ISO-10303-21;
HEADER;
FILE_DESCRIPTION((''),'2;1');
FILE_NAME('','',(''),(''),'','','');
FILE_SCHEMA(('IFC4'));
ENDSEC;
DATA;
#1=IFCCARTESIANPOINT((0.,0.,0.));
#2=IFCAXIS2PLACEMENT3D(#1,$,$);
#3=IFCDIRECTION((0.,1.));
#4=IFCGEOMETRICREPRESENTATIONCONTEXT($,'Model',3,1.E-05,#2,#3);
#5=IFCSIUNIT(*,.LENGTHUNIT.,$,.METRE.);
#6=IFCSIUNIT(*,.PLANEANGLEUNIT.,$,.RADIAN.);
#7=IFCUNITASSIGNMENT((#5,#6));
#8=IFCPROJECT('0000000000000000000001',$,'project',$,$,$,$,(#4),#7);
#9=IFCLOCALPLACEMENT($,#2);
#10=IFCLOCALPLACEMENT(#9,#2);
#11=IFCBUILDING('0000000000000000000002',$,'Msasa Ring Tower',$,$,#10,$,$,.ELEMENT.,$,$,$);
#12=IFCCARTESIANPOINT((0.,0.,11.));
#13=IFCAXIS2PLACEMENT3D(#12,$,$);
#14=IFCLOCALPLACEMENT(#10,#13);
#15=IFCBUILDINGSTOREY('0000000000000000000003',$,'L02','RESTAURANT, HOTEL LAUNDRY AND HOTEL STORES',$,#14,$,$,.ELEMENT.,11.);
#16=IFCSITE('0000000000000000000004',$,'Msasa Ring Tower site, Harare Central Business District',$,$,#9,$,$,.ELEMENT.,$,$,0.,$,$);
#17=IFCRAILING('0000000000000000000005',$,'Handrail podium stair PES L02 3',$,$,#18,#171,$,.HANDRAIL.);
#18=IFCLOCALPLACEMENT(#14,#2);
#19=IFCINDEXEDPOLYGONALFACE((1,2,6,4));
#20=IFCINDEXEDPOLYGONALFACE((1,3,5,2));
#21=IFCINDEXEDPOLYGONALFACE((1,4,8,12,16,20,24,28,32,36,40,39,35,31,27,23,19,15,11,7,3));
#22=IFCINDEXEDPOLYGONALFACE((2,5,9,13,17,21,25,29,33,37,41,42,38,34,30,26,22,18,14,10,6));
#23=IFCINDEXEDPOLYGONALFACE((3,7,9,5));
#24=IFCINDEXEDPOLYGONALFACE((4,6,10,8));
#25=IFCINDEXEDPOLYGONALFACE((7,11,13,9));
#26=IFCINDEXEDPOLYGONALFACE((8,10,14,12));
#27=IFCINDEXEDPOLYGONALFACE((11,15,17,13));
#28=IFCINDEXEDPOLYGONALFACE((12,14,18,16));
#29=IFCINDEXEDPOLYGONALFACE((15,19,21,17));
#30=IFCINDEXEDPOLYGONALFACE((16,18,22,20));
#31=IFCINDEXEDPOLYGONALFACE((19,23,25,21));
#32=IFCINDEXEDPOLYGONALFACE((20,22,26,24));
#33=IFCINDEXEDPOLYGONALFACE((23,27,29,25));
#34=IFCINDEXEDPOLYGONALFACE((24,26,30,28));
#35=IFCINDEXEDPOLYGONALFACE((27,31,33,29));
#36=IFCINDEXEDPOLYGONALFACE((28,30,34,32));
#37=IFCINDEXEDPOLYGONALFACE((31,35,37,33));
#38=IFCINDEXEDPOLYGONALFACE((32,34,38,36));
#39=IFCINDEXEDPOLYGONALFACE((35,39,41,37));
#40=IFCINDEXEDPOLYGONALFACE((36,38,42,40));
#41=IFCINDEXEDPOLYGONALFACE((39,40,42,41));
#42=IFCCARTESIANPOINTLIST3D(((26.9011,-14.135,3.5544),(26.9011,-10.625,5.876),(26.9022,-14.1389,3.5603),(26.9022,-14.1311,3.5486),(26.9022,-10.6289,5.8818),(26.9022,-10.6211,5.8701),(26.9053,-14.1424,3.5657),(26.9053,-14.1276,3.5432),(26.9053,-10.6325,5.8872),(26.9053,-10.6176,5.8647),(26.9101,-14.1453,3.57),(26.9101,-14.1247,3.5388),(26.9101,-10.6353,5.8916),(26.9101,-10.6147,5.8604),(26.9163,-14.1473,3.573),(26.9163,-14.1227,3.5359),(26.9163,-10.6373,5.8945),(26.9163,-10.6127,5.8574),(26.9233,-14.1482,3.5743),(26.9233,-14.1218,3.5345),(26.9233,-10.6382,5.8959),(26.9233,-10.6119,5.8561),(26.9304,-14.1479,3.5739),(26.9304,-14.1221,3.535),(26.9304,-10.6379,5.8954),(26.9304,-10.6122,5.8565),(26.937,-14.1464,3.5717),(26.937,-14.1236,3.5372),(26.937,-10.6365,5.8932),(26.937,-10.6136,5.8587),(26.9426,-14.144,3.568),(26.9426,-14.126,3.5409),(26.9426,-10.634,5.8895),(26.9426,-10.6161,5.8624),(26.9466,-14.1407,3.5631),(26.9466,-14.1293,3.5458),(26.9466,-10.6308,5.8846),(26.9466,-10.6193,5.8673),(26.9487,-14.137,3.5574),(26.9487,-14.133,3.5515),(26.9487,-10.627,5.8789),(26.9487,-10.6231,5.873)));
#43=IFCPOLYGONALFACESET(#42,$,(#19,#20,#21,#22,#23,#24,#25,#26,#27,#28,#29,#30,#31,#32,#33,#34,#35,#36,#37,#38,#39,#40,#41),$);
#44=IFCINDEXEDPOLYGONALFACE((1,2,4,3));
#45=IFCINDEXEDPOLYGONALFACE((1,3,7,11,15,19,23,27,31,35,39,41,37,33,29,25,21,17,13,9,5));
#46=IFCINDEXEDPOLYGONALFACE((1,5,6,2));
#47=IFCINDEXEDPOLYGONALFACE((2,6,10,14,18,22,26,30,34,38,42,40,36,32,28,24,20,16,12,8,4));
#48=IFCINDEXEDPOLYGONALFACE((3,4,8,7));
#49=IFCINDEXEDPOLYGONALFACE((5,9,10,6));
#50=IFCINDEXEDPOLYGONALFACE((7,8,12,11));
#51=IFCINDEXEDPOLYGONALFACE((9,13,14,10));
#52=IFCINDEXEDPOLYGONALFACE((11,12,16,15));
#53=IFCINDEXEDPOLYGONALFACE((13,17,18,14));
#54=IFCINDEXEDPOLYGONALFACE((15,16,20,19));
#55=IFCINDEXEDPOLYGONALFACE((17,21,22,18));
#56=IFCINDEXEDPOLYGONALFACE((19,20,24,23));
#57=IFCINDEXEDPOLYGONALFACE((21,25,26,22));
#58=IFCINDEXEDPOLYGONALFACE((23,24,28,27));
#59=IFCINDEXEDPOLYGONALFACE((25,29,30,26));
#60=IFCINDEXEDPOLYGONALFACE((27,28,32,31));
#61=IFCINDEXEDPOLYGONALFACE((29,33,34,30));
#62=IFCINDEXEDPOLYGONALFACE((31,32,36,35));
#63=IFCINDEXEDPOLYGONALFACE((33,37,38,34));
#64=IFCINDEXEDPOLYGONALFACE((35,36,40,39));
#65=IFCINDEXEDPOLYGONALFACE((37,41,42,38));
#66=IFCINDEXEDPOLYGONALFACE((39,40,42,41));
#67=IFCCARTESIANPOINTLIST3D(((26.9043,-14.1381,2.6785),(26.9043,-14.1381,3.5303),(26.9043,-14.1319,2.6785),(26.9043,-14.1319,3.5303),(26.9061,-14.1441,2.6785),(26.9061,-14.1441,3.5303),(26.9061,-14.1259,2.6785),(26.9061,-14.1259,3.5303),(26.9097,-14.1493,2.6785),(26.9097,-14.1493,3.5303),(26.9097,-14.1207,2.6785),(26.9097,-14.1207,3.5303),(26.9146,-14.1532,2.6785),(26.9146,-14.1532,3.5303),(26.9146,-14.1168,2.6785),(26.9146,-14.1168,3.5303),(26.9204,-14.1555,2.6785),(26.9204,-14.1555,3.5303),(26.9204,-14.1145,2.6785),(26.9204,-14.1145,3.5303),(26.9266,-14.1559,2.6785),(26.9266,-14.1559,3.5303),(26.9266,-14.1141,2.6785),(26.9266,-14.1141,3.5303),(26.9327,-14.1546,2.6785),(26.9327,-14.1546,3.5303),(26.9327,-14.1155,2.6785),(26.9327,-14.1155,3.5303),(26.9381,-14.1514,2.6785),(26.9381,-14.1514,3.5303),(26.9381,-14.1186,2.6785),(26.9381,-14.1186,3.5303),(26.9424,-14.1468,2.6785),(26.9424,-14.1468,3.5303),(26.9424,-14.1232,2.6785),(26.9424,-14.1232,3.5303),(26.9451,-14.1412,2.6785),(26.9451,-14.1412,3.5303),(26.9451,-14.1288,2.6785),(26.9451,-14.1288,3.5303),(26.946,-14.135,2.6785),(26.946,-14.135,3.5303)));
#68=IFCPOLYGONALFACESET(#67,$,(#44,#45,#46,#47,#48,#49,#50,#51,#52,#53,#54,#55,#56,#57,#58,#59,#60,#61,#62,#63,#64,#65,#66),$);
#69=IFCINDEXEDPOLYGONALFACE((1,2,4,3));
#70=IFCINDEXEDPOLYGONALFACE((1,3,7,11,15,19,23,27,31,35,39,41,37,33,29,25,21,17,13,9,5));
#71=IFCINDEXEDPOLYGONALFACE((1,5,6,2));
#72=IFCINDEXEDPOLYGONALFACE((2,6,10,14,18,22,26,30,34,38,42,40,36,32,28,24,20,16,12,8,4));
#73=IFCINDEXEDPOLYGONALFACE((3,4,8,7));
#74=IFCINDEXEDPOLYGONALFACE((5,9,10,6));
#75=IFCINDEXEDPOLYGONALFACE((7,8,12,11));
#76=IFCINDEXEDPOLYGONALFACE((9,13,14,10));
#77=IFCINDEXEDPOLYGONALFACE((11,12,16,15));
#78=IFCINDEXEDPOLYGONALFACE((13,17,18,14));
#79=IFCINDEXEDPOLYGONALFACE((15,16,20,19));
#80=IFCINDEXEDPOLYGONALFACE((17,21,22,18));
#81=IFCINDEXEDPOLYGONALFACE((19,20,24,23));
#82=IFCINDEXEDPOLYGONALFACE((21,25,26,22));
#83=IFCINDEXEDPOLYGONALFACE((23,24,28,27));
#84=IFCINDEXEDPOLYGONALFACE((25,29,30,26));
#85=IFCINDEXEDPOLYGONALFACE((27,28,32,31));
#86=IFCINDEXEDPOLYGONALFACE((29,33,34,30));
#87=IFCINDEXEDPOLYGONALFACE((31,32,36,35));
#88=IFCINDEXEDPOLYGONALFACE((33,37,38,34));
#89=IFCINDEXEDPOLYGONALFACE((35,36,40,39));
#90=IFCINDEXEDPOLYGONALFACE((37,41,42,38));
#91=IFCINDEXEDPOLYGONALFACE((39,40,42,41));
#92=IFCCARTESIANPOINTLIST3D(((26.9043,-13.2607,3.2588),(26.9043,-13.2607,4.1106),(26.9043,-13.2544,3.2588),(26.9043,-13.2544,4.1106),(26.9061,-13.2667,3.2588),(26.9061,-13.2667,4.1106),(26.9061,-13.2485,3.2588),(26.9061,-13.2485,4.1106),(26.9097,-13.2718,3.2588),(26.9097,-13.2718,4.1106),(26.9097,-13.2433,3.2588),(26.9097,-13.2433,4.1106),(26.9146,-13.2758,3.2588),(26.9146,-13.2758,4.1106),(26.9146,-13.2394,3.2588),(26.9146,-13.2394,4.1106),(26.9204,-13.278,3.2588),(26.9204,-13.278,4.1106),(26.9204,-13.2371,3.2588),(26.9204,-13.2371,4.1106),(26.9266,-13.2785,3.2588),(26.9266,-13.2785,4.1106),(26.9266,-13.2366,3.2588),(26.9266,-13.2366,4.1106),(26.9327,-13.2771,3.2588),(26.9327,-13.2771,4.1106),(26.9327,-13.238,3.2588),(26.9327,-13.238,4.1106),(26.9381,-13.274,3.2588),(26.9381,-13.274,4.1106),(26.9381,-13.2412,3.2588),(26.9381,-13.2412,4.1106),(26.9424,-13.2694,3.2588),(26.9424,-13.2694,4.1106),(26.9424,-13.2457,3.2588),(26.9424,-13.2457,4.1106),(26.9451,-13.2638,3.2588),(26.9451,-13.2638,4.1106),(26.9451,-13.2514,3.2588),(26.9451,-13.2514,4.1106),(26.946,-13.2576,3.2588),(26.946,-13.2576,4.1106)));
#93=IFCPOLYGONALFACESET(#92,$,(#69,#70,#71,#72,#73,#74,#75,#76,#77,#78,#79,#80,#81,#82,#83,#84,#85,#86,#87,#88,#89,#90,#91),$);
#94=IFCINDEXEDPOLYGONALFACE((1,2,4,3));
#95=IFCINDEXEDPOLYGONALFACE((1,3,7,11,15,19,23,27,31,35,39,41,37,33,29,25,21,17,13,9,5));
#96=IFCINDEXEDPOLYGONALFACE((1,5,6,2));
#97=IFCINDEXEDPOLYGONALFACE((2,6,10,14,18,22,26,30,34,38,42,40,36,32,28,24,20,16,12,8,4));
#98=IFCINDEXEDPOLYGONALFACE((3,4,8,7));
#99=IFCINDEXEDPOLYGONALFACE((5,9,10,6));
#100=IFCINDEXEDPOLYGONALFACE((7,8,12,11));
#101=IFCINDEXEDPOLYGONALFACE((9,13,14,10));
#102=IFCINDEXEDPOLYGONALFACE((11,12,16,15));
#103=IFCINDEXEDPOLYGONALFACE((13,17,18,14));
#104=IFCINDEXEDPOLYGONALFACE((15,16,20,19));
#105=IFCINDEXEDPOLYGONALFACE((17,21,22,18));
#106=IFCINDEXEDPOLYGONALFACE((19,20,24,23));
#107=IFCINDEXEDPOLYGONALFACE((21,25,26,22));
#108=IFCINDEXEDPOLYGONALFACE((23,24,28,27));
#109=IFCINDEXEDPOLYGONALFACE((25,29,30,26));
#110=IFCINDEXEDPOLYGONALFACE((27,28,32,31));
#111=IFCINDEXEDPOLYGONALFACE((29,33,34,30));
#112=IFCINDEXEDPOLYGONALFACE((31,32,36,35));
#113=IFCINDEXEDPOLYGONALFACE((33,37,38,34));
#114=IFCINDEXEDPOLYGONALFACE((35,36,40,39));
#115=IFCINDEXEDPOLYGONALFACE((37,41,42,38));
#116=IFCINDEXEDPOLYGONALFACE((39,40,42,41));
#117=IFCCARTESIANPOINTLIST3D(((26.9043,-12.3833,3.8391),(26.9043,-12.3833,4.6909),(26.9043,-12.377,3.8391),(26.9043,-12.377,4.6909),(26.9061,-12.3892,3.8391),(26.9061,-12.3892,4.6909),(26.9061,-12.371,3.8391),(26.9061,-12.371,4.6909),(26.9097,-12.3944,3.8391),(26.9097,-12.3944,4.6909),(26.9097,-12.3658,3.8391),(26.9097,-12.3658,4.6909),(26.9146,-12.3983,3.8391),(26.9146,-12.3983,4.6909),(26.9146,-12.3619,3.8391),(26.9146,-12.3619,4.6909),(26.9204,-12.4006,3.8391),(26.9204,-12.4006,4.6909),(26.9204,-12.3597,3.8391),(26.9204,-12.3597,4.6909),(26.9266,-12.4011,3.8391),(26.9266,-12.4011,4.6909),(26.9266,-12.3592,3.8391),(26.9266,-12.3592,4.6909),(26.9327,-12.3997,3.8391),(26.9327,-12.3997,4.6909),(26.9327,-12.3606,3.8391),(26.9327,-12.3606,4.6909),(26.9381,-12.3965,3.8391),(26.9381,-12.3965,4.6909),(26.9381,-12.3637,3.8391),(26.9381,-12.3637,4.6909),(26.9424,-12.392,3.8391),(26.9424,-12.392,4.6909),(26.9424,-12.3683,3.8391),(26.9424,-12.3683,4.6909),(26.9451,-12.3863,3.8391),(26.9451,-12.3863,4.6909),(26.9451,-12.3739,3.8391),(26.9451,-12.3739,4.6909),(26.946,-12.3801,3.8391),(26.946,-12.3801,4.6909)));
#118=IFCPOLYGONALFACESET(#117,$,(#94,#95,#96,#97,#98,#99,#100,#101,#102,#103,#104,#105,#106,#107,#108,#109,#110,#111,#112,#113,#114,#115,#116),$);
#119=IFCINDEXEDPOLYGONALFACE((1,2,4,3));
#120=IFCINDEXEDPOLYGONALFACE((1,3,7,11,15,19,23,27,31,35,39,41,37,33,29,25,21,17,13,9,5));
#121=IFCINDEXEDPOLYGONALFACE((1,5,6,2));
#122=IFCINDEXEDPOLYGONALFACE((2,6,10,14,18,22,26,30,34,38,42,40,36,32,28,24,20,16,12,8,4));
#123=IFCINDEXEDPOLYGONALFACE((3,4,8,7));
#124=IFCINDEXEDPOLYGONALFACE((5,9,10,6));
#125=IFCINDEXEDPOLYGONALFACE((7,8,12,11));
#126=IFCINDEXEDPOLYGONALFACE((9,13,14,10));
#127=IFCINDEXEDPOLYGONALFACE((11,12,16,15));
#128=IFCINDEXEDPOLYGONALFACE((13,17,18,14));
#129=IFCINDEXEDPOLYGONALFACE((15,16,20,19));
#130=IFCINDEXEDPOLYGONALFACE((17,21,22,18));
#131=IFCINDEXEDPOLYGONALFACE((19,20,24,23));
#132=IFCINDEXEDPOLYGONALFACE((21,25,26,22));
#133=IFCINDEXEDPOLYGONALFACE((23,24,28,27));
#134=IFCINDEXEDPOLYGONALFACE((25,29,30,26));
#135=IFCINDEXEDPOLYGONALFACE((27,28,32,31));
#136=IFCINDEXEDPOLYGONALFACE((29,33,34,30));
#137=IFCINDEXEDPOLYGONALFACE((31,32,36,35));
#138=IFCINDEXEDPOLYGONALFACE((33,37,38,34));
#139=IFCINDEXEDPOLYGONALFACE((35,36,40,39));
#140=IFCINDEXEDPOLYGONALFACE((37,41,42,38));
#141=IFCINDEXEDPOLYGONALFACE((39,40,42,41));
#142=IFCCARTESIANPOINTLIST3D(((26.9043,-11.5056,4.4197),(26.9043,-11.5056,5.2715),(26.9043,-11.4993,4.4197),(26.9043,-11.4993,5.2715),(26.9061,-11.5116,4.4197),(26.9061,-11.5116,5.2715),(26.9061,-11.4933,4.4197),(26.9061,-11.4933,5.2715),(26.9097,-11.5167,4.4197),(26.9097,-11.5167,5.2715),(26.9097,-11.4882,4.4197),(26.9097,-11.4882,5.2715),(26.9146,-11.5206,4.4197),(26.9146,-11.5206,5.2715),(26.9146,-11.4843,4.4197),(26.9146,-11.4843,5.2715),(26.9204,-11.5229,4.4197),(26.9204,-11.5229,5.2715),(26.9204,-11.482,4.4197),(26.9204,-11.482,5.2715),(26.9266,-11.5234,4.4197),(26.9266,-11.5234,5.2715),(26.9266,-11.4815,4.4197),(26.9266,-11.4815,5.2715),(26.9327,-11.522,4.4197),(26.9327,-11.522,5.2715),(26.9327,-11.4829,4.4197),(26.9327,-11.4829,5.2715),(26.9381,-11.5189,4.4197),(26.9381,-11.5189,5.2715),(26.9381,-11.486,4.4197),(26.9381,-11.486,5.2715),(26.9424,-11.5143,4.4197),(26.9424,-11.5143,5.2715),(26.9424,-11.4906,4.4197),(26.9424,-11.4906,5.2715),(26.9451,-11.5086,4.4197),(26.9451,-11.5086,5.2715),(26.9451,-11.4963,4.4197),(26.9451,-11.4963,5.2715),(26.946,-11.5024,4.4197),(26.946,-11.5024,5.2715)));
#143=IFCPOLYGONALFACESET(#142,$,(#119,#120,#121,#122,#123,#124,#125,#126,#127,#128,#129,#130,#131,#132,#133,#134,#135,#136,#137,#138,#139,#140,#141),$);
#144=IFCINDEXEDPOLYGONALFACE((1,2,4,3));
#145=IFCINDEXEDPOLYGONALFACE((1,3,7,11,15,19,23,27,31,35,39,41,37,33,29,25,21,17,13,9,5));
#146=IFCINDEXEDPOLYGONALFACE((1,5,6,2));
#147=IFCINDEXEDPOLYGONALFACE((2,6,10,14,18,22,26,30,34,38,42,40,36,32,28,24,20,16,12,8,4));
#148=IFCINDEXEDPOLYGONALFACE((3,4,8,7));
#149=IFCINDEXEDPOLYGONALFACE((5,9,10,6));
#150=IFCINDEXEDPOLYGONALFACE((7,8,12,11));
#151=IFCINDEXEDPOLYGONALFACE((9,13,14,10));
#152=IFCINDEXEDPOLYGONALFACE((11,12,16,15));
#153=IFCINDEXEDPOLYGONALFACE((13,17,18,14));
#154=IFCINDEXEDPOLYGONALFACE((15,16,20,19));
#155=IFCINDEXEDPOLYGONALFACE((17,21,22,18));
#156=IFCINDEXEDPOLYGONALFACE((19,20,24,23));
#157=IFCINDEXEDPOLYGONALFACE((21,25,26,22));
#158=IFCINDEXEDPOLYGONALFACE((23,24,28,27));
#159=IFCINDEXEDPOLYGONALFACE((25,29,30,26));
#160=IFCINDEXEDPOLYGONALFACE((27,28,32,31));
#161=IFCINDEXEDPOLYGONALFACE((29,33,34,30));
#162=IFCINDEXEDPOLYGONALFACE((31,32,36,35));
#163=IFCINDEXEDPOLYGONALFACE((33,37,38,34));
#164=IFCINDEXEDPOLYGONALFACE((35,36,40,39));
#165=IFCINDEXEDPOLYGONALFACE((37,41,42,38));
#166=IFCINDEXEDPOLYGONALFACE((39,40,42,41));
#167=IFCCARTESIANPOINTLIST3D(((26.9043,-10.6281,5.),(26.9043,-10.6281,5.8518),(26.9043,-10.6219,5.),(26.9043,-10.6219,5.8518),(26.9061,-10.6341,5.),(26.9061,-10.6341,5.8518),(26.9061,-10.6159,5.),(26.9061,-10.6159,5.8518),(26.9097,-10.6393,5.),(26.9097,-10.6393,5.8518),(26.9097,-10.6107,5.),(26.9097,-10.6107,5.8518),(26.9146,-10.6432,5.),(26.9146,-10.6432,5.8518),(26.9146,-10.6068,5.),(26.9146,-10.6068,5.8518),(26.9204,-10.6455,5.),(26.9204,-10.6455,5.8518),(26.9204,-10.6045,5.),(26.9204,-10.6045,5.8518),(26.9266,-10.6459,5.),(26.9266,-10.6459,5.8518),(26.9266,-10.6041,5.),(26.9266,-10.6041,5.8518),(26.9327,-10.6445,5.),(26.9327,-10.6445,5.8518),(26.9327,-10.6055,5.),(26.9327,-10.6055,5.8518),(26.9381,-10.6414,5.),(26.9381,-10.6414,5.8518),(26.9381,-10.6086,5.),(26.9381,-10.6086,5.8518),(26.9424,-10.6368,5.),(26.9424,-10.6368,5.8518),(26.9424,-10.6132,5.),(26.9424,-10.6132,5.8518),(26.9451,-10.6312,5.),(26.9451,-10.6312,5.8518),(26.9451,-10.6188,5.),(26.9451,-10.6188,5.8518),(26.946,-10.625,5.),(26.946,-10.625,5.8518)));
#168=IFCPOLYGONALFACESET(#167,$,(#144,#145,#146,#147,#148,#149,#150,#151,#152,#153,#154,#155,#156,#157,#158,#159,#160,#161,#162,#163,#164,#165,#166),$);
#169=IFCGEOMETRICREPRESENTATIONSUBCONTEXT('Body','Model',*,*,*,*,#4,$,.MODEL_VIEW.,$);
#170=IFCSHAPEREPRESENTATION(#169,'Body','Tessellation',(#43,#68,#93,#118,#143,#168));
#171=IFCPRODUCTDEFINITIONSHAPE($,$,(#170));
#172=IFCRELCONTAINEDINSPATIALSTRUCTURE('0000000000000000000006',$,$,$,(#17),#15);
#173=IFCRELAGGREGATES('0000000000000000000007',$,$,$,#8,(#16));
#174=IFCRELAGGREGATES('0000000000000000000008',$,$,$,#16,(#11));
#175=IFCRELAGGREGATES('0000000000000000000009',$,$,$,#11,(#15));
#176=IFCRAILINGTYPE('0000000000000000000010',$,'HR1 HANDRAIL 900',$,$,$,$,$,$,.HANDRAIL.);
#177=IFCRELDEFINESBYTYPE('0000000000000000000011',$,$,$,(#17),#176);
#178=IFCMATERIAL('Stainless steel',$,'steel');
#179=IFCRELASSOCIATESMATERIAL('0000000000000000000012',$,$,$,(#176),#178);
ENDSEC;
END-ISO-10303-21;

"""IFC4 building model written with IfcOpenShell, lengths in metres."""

from ifc_helpers import new_model, si_unit, direction, frame, origin, origin_2d, place, context, subcontext, project, spatial, circle, extrude, material, type_object, element, save


model = new_model("IFC4")

# Units and contexts
model_context = context("Model", 3, precision=1e-05, world=origin(), true_north=direction((0.0, 1.0)))
body_context = subcontext(model_context, "Body", "Model", "MODEL_VIEW")
ifc_project = project(units=[si_unit("LENGTHUNIT", "METRE"), si_unit("PLANEANGLEUNIT", "RADIAN")], contexts=[model_context])

# Site, building, storey
site_placement = place(None, origin())
site = spatial("IfcSite", under=ifc_project, at=site_placement, Name="Msasa Ring Tower site, Harare Central Business District", CompositionType="ELEMENT", RefElevation=0.0)
building_placement = place(site_placement, origin())
building = spatial("IfcBuilding", under=site, at=building_placement, Name="Msasa Ring Tower", CompositionType="ELEMENT")
storey_placement = place(building_placement, frame((0.0, 0.0, 11.0)))
storey = spatial("IfcBuildingStorey", under=building, at=storey_placement, Name="L02", Description="RESTAURANT, HOTEL LAUNDRY AND HOTEL STORES", CompositionType="ELEMENT", Elevation=11.0)

# Railing
ifc_material_1 = material(Name="Stainless steel", Category="steel")
railing_type = type_object("IfcRailingType", Name="HR1 HANDRAIL 900", PredefinedType="HANDRAIL", material=ifc_material_1)
for number, where, name in (
    (1, (26.925, -14.135, 2.6785), "Handrail podium stair PES L02 3"),
):
    element("IfcRailing", number, at=place(storey_placement, frame(where)), inside=storey, type_object=railing_type, Name=name, PredefinedType="HANDRAIL", context=body_context, shape_type="SweptSolid", body=[
        extrude(circle(Radius=0.0239, at=origin_2d()), frame((0.0, 0.0, 0.876), z_axis=(0.0, 0.834071, 0.551657), x_axis=(-1.0, 0.0, 0.0)), (0.0, 0.0, 1.0), 4.2083),
        extrude(circle(Radius=0.021, at=origin_2d()), origin(), (0.0, 0.0, 1.0), 0.8518),
        extrude(circle(Radius=0.021, at=origin_2d()), frame((0.0, 0.8774, 0.5803)), (0.0, 0.0, 1.0), 0.8518),
        extrude(circle(Radius=0.021, at=origin_2d()), frame((0.0, 1.7549, 1.1606)), (0.0, 0.0, 1.0), 0.8518),
        extrude(circle(Radius=0.021, at=origin_2d()), frame((0.0, 2.6326, 1.7412)), (0.0, 0.0, 1.0), 0.8518),
        extrude(circle(Radius=0.021, at=origin_2d()), frame((0.0, 3.51, 2.3215)), (0.0, 0.0, 1.0), 0.8518),
    ])

save(model, "model.ifc")
